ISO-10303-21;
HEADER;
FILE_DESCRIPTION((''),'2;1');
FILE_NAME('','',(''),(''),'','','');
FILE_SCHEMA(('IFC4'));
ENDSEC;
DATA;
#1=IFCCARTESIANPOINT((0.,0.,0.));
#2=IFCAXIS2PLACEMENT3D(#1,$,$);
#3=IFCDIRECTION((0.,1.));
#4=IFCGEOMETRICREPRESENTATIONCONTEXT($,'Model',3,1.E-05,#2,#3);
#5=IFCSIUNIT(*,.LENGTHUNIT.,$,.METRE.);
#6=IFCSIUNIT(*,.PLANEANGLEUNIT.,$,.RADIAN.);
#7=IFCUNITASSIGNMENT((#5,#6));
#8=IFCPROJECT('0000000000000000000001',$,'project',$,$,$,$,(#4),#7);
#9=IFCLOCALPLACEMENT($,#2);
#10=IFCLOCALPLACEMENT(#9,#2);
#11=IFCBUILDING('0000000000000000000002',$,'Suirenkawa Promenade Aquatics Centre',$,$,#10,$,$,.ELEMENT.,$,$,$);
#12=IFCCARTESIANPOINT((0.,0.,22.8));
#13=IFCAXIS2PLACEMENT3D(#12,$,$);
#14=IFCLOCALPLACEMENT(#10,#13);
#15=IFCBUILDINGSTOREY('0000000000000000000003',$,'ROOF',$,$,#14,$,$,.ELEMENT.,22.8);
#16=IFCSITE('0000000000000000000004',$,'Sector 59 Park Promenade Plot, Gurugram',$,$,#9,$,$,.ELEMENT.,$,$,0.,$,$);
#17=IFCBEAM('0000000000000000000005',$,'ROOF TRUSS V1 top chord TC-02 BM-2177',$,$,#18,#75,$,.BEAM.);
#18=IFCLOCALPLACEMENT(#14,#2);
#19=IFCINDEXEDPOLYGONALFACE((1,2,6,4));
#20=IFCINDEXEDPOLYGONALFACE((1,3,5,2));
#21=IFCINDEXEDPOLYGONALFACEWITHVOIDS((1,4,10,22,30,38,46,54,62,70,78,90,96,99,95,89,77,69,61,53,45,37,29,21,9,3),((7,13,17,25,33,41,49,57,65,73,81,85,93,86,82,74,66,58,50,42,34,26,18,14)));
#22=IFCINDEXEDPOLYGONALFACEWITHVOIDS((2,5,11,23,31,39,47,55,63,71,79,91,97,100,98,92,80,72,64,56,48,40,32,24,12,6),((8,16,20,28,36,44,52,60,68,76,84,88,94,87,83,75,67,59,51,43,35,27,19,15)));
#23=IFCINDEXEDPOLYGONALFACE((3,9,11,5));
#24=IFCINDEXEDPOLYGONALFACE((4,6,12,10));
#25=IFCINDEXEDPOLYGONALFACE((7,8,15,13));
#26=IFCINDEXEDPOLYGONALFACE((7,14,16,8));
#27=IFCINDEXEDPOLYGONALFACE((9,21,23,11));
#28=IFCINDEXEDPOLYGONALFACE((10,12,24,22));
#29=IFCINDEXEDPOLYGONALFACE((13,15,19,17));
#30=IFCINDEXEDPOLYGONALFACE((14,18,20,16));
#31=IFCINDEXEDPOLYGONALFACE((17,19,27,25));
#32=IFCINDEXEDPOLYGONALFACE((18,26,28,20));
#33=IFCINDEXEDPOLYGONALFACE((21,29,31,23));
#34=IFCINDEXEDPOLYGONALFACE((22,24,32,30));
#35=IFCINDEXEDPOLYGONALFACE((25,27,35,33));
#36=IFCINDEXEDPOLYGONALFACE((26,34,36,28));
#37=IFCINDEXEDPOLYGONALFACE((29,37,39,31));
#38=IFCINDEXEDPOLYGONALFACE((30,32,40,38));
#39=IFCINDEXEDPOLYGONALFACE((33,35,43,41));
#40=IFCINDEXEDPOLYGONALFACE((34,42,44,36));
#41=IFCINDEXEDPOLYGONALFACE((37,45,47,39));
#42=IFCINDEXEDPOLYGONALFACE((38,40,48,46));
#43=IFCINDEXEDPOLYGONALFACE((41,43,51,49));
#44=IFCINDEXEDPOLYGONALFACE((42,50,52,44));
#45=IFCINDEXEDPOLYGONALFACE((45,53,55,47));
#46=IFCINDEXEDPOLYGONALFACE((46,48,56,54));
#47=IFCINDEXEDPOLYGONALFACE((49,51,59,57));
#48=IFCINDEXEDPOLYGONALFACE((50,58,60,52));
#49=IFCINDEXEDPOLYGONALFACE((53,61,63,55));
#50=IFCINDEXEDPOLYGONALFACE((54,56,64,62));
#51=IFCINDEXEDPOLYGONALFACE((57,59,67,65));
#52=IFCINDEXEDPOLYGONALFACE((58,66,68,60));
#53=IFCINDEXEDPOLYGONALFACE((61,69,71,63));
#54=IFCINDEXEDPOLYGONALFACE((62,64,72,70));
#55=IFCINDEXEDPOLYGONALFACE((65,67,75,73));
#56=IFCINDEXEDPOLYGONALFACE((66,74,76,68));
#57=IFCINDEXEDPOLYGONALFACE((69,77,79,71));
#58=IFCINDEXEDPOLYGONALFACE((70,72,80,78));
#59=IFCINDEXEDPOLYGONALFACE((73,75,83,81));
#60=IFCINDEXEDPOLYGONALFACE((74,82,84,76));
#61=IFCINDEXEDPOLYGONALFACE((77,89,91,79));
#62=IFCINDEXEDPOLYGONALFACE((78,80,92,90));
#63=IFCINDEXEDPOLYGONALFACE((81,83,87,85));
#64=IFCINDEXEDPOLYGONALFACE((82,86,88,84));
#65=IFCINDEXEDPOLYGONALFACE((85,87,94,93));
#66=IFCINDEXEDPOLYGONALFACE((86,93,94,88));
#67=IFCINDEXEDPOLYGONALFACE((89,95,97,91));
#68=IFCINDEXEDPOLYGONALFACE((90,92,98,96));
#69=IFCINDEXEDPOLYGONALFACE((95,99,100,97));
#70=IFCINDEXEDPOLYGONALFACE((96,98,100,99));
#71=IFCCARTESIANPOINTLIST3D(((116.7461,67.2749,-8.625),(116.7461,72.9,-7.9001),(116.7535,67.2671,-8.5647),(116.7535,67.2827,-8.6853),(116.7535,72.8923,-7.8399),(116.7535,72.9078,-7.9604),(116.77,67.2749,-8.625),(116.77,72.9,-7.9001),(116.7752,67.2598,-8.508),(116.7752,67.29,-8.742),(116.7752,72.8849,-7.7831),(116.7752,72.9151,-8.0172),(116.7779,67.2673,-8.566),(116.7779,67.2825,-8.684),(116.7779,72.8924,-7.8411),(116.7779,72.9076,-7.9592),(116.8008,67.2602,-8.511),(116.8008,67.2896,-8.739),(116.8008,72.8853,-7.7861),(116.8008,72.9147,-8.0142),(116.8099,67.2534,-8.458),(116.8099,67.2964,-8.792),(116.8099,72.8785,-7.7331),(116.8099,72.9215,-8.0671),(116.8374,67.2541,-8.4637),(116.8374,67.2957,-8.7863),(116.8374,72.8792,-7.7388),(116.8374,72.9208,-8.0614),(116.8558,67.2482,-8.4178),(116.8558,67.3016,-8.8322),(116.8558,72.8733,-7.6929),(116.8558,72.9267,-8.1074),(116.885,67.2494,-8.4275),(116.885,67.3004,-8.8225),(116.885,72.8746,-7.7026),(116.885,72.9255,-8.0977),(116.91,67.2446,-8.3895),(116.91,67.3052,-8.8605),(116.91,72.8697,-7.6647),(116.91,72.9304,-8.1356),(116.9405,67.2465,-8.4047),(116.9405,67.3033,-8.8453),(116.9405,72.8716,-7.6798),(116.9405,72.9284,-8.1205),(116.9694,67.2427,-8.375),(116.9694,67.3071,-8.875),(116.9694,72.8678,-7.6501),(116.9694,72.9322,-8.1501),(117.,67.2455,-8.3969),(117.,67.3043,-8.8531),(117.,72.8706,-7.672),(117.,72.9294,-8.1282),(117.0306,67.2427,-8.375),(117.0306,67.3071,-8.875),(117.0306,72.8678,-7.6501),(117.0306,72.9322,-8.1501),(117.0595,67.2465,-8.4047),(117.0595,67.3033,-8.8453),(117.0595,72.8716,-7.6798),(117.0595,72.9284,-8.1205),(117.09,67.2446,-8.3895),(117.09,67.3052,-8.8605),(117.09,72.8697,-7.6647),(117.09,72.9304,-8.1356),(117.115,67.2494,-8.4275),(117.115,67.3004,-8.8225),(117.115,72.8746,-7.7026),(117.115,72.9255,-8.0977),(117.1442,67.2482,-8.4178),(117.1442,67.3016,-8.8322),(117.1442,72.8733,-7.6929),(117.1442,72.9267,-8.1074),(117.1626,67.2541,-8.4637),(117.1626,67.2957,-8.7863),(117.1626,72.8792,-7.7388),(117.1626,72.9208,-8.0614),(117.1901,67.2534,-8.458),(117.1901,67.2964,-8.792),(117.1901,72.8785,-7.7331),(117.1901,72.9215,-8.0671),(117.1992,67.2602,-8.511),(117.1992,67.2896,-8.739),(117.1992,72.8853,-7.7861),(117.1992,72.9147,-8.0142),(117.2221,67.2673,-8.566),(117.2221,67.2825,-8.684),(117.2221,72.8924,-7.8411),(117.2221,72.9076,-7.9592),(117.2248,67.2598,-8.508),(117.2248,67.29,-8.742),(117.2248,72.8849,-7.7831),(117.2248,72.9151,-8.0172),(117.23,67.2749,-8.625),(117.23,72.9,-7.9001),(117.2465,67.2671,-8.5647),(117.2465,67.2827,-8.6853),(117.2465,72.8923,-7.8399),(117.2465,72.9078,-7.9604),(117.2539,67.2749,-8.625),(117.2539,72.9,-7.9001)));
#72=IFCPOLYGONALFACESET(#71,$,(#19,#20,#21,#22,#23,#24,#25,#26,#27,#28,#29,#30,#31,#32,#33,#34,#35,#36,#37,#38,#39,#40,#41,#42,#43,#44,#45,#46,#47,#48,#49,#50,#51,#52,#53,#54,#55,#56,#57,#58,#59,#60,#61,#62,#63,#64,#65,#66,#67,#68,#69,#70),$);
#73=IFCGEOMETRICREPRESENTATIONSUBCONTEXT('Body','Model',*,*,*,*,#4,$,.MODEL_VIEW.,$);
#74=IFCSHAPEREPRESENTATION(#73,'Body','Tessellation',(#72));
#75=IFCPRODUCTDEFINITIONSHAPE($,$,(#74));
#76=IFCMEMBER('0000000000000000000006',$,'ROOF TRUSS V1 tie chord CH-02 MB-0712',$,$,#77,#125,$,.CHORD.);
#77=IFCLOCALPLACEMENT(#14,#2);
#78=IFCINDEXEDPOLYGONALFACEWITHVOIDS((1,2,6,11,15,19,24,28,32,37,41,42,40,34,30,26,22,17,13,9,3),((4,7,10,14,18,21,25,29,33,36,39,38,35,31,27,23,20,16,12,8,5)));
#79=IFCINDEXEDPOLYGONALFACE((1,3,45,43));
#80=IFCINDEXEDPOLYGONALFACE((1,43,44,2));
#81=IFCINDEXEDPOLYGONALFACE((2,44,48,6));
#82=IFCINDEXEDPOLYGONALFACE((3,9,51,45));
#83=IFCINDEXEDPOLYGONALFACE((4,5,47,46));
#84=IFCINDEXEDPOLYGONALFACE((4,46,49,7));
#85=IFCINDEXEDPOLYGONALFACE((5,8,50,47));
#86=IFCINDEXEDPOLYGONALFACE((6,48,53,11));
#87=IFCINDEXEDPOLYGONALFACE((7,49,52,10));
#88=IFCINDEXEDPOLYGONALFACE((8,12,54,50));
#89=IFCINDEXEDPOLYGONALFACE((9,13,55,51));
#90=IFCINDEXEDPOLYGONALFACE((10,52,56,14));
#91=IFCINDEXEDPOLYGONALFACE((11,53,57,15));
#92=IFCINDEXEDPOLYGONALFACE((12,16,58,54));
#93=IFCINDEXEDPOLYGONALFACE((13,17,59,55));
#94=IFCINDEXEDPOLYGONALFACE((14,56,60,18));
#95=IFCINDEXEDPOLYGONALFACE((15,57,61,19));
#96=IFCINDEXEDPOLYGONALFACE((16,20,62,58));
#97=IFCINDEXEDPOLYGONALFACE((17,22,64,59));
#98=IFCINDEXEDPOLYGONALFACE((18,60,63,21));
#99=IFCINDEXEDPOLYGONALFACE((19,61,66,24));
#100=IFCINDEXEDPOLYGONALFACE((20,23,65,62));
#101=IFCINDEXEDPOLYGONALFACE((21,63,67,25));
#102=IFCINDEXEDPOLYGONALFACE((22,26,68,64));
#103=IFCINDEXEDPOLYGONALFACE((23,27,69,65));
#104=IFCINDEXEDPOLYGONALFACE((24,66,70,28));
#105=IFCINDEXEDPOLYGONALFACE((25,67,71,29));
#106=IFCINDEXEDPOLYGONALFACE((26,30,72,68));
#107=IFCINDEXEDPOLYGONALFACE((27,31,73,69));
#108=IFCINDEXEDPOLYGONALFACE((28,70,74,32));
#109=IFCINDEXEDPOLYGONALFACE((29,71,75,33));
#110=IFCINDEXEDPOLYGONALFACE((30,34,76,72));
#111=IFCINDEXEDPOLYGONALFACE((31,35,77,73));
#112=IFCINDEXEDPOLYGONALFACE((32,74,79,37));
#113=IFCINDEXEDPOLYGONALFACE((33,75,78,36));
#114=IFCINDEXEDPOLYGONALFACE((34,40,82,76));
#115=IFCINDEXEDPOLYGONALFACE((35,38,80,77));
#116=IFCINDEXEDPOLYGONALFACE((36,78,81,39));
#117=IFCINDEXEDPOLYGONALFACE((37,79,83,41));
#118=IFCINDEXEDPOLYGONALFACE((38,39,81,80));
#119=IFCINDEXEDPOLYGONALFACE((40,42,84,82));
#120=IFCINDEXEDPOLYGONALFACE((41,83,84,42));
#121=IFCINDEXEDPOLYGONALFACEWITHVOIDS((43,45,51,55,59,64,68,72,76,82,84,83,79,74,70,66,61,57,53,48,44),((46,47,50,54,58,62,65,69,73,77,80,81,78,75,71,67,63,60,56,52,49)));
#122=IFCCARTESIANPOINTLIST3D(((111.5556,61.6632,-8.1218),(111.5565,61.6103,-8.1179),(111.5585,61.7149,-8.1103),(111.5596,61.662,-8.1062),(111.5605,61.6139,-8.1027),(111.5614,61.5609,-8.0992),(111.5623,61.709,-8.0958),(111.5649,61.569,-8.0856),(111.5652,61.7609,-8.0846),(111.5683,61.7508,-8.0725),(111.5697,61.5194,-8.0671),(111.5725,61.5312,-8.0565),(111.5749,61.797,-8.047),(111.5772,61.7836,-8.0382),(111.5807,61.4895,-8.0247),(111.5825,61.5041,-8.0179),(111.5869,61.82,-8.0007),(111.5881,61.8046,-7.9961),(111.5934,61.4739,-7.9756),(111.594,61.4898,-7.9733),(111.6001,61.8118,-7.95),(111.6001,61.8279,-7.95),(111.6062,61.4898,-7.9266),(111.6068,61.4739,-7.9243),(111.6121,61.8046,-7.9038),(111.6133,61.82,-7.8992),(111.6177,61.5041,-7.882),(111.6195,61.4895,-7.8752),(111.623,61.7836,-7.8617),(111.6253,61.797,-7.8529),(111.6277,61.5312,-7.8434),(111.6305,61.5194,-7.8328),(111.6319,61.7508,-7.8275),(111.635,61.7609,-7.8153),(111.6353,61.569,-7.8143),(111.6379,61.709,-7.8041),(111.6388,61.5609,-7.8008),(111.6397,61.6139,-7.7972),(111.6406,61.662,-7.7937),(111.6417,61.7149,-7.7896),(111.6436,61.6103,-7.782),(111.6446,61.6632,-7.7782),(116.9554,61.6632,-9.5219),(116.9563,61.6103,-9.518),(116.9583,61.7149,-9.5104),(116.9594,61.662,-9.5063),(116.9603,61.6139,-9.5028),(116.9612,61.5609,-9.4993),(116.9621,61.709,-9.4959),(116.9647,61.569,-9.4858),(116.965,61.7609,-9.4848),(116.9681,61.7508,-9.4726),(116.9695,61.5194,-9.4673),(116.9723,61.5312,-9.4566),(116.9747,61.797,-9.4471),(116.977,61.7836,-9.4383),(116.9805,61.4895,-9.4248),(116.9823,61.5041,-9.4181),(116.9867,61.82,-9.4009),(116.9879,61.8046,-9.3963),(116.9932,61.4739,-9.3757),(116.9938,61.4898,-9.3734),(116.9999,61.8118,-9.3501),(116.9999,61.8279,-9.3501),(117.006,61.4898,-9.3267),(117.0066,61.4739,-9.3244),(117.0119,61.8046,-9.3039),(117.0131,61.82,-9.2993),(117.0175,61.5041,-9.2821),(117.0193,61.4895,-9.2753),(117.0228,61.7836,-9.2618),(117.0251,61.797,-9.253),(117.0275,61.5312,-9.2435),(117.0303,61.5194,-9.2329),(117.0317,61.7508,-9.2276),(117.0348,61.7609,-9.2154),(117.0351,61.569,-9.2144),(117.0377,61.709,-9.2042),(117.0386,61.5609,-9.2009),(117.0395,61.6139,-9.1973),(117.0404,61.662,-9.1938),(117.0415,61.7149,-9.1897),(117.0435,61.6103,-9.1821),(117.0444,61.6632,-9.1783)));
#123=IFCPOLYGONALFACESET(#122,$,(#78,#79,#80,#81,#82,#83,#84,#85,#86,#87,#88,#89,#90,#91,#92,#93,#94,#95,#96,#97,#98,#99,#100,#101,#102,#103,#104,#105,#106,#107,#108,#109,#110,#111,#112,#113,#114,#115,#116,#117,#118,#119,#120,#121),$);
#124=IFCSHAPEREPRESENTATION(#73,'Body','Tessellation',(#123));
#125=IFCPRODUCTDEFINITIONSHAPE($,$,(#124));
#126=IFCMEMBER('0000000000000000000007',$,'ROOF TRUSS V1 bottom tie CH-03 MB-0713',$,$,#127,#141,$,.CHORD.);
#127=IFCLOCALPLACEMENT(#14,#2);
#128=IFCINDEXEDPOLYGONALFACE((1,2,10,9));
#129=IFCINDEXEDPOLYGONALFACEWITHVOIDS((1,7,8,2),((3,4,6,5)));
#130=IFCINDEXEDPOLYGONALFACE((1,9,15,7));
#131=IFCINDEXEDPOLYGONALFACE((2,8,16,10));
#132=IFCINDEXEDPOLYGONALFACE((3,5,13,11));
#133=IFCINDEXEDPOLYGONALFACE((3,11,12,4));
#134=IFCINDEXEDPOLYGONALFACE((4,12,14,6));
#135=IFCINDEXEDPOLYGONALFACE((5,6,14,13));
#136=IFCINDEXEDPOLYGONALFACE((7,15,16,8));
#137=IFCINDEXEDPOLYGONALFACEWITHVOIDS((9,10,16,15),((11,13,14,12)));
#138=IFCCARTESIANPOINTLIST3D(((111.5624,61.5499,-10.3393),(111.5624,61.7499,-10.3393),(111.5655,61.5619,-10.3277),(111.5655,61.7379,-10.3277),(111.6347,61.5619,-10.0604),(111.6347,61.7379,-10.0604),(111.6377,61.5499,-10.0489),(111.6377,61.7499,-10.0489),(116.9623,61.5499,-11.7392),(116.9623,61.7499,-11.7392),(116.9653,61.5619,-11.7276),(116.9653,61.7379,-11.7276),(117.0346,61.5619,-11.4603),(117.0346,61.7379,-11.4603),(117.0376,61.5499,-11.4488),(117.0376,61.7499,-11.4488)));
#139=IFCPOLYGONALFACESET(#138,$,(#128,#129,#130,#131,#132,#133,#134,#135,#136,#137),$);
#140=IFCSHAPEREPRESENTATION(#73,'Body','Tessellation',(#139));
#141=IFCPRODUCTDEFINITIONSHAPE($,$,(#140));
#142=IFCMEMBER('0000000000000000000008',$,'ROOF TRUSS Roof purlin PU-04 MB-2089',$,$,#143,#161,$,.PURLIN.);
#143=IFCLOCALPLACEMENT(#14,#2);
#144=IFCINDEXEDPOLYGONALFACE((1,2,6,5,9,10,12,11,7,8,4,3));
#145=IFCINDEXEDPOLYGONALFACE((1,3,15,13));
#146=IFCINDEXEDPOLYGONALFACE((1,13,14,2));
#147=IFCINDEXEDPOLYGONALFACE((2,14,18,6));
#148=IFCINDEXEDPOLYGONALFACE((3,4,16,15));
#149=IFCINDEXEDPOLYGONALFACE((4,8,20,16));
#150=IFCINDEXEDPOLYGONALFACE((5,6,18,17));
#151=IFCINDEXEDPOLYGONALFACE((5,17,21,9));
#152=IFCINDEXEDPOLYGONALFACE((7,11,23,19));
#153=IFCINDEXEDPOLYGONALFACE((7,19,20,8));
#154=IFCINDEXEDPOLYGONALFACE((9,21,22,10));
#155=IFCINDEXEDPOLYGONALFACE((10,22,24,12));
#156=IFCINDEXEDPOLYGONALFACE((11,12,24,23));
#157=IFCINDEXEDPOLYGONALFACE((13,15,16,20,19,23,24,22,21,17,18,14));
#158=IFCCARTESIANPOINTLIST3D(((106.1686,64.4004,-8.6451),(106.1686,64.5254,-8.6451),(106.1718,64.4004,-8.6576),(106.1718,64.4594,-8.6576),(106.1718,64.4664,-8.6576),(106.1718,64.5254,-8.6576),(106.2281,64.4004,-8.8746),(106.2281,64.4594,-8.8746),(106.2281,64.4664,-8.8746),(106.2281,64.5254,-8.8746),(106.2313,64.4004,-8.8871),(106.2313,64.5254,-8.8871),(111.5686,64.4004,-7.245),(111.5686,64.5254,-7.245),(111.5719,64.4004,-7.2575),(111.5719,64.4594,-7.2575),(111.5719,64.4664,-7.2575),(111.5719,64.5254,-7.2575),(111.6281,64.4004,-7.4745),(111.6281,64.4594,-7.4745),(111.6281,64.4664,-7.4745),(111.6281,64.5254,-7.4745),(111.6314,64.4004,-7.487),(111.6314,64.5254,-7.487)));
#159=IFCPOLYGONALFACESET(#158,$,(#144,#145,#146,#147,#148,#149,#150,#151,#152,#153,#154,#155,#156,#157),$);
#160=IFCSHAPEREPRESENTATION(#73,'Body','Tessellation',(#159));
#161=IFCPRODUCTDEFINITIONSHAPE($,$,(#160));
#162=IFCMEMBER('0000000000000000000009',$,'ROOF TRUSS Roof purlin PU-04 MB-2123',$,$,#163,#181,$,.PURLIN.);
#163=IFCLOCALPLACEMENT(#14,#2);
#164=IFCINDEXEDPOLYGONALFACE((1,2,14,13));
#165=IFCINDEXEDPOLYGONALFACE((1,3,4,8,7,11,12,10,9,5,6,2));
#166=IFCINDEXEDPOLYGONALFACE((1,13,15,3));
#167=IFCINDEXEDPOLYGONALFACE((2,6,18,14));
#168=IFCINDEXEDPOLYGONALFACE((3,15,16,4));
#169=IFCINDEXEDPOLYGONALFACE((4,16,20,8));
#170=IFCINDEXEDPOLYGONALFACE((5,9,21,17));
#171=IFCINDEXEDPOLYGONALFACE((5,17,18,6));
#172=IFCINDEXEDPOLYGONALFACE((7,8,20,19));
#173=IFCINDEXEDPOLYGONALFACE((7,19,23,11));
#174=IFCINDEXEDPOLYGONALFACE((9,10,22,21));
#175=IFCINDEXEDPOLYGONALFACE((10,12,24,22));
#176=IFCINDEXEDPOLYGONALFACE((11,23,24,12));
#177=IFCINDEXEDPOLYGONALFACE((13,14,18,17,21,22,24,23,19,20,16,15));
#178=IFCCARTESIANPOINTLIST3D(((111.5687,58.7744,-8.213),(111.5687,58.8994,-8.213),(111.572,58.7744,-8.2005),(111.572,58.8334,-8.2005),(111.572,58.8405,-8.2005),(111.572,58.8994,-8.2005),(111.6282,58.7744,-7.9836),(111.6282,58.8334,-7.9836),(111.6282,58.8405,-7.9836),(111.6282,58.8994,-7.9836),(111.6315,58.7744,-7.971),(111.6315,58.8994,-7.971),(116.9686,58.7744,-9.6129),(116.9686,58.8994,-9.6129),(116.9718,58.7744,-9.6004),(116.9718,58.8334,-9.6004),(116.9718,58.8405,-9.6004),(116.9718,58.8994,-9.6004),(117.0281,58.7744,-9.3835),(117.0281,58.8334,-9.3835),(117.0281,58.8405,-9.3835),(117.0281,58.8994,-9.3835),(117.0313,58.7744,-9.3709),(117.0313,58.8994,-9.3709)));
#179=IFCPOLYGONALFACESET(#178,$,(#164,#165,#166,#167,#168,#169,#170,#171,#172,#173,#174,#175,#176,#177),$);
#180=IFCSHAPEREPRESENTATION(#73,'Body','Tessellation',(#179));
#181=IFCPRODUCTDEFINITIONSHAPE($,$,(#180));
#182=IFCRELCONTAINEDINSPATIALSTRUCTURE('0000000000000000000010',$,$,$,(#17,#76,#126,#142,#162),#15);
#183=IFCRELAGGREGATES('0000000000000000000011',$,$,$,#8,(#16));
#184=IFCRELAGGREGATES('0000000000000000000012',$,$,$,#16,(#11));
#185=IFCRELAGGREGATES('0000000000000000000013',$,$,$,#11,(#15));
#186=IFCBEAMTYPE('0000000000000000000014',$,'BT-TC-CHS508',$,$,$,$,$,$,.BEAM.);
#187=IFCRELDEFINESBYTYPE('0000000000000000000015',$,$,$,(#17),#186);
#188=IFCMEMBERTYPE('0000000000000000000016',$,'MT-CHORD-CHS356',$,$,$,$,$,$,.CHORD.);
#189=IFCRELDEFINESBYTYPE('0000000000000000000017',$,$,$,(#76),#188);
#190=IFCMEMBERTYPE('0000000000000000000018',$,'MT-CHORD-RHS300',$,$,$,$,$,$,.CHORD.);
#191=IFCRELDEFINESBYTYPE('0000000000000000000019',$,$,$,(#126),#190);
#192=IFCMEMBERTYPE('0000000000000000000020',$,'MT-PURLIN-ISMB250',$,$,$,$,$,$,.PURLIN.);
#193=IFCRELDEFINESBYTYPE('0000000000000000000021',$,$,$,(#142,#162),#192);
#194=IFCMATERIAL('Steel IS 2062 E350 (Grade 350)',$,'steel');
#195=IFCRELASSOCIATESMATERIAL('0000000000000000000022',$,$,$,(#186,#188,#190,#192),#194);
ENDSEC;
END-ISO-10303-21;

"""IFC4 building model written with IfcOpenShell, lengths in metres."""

from ifc_helpers import new_model, si_unit, direction, frame, origin, origin_2d, place, context, subcontext, project, spatial, hollow_rectangle, hollow_circle, i_section, extrude, material, material_profile, profile_set, type_object, element, save


model = new_model("IFC4")

# Units and contexts
model_context = context("Model", 3, precision=1e-05, world=origin(), true_north=direction((0.0, 1.0)))
body_context = subcontext(model_context, "Body", "Model", "MODEL_VIEW")
ifc_project = project(units=[si_unit("LENGTHUNIT", "METRE"), si_unit("PLANEANGLEUNIT", "RADIAN")], contexts=[model_context])

# Site, building, storey
site_placement = place(None, origin())
site = spatial("IfcSite", under=ifc_project, at=site_placement, Name="Sector 59 Park Promenade Plot, Gurugram", CompositionType="ELEMENT", RefElevation=0.0)
building_placement = place(site_placement, origin())
building = spatial("IfcBuilding", under=site, at=building_placement, Name="Suirenkawa Promenade Aquatics Centre", CompositionType="ELEMENT")
storey_placement = place(building_placement, frame((0.0, 0.0, 22.8)))
storey = spatial("IfcBuildingStorey", under=building, at=storey_placement, Name="ROOF", CompositionType="ELEMENT", Elevation=22.8)

# Beam
ifc_material = material(Name="Steel IS 2062 E350 (Grade 350)", Category="steel")
ifc_material_profile_1 = material_profile(ifc_material, hollow_circle(Radius=0.2539, WallThickness=0.0239, at=origin_2d()), Name="CHS 508x24", Category="steel")
ifc_profile_set_1 = profile_set([ifc_material_profile_1], Name="Steel IS 2062 E350 (Grade 350)")
beam_type_1 = type_object("IfcBeamType", Name="BT-TC-CHS508", PredefinedType="BEAM", material=ifc_profile_set_1)
for number, where, z_axis, x_axis, name in (
    (1, (117.0, 67.2749, -8.625), (0.0, 0.991799, 0.127806), (-1.0, 0.0, 0.0), "ROOF TRUSS V1 top chord TC-02 BM-2177"),
):
    element("IfcBeam", number, at=place(storey_placement, frame(where, z_axis=z_axis, x_axis=x_axis)), inside=storey, type_object=beam_type_1, Name=name, PredefinedType="BEAM", context=body_context, shape_type="SweptSolid", body=[
        extrude(hollow_circle(Radius=0.2539, WallThickness=0.0239, at=origin_2d()), origin(), (0.0, 0.0, 1.0), 5.6716),
    ])

# Members
ifc_material_profile_2 = material_profile(ifc_material, hollow_circle(Radius=0.178, WallThickness=0.0161, at=origin_2d()), Name="CHS 356x16", Category="steel")
ifc_profile_set_2 = profile_set([ifc_material_profile_2], Name="Steel IS 2062 E350 (Grade 350)")
member_type_1 = type_object("IfcMemberType", Name="MT-CHORD-CHS356", PredefinedType="CHORD", material=ifc_profile_set_2)
member_1_placement = place(storey_placement, frame((111.6001, 61.6499, -7.95), z_axis=(0.967989, 0.0, -0.250991), x_axis=(0.0, 1.0, 0.0)))
element("IfcMember", 2, at=member_1_placement, inside=storey, type_object=member_type_1, Name="ROOF TRUSS V1 tie chord CH-02 MB-0712", PredefinedType="CHORD", context=body_context, shape_type="SweptSolid", body=[
    extrude(hollow_circle(Radius=0.178, WallThickness=0.0161, at=origin_2d()), origin(), (0.0, 0.0, 1.0), 5.5784),
])
ifc_material_profile_3 = material_profile(ifc_material, hollow_rectangle(XDim=0.2, YDim=0.3, WallThickness=0.012, at=origin_2d()), Name="RHS 300x200x12", Category="steel")
ifc_profile_set_3 = profile_set([ifc_material_profile_3], Name="Steel IS 2062 E350 (Grade 350)")
member_type_2 = type_object("IfcMemberType", Name="MT-CHORD-RHS300", PredefinedType="CHORD", material=ifc_profile_set_3)
member_2_placement = place(storey_placement, frame((111.6001, 61.6499, -10.1941), z_axis=(0.968, 0.0, -0.25095), x_axis=(0.0, 1.0, 0.0)))
element("IfcMember", 3, at=member_2_placement, inside=storey, type_object=member_type_2, Name="ROOF TRUSS V1 bottom tie CH-03 MB-0713", PredefinedType="CHORD", context=body_context, shape_type="SweptSolid", body=[
    extrude(hollow_rectangle(XDim=0.2, YDim=0.3, WallThickness=0.012, at=origin_2d()), origin(), (0.0, 0.0, 1.0), 5.5784),
])
ifc_material_profile_4 = material_profile(ifc_material, i_section(OverallWidth=0.125, OverallDepth=0.25, WebThickness=0.0071, FlangeThickness=0.0129, at=origin_2d()), Name="ISMB 250", Category="steel")
ifc_profile_set_4 = profile_set([ifc_material_profile_4], Name="Steel IS 2062 E350 (Grade 350)")
member_type_3 = type_object("IfcMemberType", Name="MT-PURLIN-ISMB250", PredefinedType="PURLIN", material=ifc_profile_set_4)
member_3_placement = place(storey_placement, frame((106.2, 64.4629, -8.7661), z_axis=(0.967992, 0.0, 0.25098), x_axis=(0.0, 1.0, 0.0)))
element("IfcMember", 4, at=member_3_placement, inside=storey, type_object=member_type_3, Name="ROOF TRUSS Roof purlin PU-04 MB-2089", PredefinedType="PURLIN", context=body_context, shape_type="SweptSolid", body=[
    extrude(i_section(OverallWidth=0.125, OverallDepth=0.25, WebThickness=0.0071, FlangeThickness=0.0129, at=origin_2d()), origin(), (0.0, 0.0, 1.0), 5.5786),
])
member_4_placement = place(storey_placement, frame((111.6001, 58.8369, -8.092), z_axis=(0.968, 0.0, -0.25095), x_axis=(0.0, 1.0, 0.0)))
element("IfcMember", 5, at=member_4_placement, inside=storey, type_object=member_type_3, Name="ROOF TRUSS Roof purlin PU-04 MB-2123", PredefinedType="PURLIN", context=body_context, shape_type="SweptSolid", body=[
    extrude(i_section(OverallWidth=0.125, OverallDepth=0.25, WebThickness=0.0071, FlangeThickness=0.0129, at=origin_2d()), origin(), (0.0, 0.0, 1.0), 5.5784),
])

save(model, "model.ifc")
